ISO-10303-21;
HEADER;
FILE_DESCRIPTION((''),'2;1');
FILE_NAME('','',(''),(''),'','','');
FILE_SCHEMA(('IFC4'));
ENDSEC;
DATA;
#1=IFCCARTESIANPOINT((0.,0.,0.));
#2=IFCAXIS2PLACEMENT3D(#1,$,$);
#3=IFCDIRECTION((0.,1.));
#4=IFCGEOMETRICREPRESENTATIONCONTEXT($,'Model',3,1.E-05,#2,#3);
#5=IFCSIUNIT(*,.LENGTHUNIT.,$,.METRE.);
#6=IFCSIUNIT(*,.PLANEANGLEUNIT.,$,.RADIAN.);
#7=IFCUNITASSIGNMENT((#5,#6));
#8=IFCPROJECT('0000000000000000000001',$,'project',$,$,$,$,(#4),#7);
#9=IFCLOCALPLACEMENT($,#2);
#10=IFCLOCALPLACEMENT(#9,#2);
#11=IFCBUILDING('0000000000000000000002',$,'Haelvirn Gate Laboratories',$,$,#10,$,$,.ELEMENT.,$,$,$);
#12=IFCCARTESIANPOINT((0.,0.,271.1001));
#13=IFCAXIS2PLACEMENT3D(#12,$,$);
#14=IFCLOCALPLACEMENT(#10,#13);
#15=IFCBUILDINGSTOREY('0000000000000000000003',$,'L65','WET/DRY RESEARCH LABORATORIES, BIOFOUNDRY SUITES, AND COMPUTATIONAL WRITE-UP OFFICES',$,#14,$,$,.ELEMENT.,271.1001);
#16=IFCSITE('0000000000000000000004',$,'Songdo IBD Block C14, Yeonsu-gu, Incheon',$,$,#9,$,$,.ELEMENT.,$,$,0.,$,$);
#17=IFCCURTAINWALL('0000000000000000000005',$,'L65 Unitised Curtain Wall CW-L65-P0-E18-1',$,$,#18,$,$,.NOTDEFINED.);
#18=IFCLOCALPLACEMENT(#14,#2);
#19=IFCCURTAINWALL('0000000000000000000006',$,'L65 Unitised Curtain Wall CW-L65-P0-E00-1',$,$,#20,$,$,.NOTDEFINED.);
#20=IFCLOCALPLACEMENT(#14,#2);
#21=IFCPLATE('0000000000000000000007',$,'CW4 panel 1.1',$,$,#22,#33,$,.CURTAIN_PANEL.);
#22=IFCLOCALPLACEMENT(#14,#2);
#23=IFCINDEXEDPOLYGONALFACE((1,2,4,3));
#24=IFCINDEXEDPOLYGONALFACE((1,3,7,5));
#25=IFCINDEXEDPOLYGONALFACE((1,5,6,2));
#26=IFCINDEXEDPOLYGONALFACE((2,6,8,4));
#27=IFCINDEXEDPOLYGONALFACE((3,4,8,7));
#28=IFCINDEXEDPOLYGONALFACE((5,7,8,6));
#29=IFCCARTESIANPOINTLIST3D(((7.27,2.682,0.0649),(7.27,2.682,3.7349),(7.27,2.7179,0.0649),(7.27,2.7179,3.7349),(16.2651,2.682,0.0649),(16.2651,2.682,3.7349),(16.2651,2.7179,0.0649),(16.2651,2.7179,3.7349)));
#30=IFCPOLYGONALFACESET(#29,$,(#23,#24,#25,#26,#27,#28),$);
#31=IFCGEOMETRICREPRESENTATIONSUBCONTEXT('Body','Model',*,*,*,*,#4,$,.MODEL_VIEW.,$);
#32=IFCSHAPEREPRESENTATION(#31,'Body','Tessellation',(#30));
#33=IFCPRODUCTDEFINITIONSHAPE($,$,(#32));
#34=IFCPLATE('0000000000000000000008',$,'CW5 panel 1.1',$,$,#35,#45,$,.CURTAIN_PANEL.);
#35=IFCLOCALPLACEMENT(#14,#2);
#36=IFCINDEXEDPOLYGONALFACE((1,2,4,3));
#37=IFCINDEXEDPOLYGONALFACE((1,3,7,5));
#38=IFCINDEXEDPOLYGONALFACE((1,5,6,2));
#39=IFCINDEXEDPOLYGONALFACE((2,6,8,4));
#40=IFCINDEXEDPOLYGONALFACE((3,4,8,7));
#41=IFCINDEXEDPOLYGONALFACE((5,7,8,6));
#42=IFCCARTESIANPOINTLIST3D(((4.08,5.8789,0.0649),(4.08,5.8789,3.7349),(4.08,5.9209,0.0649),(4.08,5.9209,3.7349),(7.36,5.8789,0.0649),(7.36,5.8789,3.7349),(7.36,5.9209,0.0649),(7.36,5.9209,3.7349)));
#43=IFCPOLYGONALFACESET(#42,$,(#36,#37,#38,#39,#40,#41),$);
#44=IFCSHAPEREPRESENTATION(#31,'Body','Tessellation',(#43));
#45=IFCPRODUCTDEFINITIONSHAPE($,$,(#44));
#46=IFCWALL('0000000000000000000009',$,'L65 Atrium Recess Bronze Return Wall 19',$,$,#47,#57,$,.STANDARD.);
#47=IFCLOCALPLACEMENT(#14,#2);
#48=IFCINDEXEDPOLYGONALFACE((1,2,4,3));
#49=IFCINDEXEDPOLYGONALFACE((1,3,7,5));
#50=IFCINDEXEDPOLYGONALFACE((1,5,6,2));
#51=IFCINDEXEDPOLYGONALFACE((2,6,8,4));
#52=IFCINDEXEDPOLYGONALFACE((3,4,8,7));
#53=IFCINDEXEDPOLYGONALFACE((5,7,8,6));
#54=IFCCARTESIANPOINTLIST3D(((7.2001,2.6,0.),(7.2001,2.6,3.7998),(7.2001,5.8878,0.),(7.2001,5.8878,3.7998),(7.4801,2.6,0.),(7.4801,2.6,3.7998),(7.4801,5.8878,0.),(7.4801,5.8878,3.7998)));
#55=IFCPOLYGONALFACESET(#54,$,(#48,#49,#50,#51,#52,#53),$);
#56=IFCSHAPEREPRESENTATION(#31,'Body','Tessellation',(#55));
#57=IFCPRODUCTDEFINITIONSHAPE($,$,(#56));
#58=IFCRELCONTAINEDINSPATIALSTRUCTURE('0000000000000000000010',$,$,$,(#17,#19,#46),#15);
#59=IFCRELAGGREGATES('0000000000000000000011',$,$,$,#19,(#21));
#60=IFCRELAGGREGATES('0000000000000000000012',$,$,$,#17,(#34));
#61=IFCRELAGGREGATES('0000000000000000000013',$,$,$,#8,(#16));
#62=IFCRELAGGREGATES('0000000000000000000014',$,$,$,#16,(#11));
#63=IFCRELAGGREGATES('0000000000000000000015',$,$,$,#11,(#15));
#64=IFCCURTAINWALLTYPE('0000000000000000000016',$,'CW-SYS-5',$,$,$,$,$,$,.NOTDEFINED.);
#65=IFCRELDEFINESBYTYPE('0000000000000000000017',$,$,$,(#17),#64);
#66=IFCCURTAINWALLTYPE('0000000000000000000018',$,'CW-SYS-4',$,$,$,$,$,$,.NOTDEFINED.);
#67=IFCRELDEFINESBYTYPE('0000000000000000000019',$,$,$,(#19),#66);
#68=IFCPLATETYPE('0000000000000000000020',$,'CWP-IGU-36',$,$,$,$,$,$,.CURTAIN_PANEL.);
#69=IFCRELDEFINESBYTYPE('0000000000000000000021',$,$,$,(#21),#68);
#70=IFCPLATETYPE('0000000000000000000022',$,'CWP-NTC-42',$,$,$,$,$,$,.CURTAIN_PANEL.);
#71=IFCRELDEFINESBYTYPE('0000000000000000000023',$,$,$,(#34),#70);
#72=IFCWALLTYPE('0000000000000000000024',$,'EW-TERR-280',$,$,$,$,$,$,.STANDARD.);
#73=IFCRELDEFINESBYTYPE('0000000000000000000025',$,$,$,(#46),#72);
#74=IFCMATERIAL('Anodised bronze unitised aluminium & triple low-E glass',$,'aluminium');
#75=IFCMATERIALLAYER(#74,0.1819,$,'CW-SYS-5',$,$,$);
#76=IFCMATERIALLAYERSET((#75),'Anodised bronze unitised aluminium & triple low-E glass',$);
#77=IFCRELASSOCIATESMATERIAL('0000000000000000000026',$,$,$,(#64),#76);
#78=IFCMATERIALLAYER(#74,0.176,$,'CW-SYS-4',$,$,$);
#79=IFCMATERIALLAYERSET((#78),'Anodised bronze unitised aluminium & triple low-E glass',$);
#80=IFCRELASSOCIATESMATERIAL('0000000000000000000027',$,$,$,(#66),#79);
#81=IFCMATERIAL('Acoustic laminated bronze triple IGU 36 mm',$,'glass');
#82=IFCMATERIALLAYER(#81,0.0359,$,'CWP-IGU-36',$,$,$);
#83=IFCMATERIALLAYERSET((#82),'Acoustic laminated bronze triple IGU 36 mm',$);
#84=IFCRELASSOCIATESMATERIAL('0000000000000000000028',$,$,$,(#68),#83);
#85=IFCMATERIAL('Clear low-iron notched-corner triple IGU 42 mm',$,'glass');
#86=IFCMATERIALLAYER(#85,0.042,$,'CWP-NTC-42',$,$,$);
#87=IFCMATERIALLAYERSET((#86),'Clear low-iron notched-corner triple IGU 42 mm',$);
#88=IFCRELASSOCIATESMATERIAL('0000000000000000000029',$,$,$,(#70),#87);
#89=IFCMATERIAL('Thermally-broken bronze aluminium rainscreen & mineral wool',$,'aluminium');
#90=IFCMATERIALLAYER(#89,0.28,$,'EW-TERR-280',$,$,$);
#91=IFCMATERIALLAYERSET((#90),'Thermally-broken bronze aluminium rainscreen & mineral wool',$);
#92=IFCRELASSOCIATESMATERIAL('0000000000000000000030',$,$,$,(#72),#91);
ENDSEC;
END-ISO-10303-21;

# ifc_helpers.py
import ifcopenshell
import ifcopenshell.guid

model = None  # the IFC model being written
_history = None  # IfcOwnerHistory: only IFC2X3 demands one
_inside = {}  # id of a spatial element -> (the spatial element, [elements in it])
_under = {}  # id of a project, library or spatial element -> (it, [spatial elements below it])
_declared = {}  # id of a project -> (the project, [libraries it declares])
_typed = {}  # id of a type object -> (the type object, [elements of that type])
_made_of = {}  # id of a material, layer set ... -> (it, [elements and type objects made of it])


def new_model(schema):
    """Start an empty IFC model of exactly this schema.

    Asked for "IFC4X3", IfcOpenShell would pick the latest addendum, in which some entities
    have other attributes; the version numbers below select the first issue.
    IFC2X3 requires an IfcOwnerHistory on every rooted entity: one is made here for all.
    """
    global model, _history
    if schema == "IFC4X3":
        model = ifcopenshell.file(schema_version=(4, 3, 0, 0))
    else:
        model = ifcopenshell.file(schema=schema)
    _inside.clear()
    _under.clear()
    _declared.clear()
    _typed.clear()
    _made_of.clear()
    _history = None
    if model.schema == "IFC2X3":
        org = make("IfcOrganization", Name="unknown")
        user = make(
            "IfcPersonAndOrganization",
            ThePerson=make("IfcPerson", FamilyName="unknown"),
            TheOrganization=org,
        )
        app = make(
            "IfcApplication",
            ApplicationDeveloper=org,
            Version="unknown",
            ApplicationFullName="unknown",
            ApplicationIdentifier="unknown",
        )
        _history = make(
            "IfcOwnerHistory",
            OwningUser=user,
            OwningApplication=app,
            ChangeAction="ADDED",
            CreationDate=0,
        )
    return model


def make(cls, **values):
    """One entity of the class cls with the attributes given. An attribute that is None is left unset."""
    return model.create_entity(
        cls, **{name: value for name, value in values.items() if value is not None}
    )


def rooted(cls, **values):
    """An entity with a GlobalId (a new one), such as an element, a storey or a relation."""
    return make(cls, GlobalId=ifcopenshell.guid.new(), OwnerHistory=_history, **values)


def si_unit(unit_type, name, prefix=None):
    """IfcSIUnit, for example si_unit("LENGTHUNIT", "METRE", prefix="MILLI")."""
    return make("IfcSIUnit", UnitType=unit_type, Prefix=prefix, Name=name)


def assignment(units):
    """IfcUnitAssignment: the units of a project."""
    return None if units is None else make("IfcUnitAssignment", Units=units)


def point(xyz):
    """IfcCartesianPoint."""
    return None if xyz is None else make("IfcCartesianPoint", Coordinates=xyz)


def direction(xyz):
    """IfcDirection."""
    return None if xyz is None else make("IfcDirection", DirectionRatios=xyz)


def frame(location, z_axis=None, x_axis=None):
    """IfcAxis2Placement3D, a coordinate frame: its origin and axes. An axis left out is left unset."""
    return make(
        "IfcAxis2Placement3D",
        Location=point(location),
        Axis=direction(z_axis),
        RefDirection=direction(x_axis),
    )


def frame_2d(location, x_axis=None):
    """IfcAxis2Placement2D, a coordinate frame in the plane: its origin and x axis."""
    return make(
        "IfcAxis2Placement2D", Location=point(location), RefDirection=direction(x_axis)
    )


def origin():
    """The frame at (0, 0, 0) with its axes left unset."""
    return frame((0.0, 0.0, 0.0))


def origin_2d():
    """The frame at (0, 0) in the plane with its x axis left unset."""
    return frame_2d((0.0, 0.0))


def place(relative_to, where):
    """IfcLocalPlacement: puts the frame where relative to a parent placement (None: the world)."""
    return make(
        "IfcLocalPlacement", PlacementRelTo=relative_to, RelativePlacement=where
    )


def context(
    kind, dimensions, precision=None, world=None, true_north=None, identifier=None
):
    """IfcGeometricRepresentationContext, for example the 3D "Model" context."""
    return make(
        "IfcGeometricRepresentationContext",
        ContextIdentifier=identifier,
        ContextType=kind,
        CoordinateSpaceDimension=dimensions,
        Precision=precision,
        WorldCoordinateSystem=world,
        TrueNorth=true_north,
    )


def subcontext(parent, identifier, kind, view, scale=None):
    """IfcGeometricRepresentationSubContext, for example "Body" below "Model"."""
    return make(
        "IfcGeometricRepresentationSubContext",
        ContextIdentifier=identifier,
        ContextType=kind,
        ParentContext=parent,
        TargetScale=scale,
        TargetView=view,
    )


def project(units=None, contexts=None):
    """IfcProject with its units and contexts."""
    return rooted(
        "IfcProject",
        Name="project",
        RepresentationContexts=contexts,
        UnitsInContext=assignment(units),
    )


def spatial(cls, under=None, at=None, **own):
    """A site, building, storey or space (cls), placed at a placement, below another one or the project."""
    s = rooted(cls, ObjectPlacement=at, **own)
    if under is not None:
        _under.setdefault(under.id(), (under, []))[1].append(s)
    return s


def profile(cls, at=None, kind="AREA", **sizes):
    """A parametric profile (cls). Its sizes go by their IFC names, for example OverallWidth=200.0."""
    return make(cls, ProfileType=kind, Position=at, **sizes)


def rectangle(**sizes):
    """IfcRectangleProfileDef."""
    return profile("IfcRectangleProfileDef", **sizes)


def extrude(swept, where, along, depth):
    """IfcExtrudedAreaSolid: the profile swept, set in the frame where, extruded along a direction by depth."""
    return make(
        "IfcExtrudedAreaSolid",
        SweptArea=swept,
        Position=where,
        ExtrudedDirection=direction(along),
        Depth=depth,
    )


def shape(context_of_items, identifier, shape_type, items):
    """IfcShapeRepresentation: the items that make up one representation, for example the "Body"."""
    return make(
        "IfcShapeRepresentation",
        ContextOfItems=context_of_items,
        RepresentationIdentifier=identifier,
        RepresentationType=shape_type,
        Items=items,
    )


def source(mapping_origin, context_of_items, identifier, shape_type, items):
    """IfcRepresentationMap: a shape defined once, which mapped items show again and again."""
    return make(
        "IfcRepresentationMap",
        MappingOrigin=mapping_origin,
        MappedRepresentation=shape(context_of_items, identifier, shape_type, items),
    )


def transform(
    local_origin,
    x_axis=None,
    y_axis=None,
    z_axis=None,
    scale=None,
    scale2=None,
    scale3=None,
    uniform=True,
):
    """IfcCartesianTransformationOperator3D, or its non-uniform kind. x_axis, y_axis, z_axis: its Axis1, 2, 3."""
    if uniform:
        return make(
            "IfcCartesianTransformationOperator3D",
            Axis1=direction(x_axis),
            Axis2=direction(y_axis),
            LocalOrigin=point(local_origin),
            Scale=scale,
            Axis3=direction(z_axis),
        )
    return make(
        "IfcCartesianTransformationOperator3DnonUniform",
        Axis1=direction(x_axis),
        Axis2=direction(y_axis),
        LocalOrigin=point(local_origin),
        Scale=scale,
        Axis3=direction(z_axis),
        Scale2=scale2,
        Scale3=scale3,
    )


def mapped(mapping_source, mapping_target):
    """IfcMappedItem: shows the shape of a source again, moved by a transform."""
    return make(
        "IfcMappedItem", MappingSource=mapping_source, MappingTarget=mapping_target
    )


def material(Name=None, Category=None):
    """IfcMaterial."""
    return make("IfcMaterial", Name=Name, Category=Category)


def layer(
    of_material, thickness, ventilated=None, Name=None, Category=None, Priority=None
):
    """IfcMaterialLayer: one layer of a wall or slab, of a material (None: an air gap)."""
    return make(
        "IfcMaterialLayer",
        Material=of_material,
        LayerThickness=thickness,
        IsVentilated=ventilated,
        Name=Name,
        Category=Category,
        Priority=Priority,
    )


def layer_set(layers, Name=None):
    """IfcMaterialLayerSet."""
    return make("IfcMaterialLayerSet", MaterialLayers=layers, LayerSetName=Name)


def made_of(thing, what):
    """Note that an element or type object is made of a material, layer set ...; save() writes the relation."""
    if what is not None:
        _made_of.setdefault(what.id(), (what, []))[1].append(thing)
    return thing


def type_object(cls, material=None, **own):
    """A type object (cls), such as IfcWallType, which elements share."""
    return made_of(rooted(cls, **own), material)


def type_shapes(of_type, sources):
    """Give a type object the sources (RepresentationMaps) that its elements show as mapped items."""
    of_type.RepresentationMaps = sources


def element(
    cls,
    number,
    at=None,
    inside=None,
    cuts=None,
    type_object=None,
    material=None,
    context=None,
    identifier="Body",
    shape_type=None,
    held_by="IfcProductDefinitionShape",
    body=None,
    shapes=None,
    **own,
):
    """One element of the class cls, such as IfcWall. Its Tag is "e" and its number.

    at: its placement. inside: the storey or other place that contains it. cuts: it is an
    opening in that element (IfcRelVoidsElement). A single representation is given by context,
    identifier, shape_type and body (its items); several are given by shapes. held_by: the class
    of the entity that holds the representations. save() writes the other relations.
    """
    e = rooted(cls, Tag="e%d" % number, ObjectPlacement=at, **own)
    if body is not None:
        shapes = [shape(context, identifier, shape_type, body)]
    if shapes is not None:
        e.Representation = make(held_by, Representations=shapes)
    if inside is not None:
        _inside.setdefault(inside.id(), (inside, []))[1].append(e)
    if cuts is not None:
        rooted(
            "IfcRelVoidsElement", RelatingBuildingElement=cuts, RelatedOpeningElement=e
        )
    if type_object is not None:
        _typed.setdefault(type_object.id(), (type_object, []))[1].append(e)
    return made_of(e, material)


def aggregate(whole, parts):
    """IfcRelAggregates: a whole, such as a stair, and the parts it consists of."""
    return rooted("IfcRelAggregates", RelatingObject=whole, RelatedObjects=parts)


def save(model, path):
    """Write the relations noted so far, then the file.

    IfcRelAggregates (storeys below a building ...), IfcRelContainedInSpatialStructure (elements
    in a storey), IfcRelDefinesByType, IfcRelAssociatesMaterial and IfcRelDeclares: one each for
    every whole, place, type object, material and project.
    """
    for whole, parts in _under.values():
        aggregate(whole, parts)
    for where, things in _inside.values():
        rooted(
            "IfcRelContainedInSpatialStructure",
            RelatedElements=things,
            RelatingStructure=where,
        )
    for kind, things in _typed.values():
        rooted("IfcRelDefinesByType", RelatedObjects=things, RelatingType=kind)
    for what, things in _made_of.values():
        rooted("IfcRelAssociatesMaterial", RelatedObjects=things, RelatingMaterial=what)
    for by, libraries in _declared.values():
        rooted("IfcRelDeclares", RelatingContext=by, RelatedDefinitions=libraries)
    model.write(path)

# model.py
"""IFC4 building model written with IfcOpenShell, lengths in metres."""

from ifc_helpers import new_model, si_unit, direction, frame, frame_2d, origin, origin_2d, place, context, subcontext, project, spatial, rectangle, extrude, source, transform, mapped, material, layer, layer_set, type_object, type_shapes, element, aggregate, save


model = new_model("IFC4")

# Units and contexts
model_context = context("Model", 3, precision=1e-05, world=origin(), true_north=direction((0.0, 1.0)))
body_context = subcontext(model_context, "Body", "Model", "MODEL_VIEW")
ifc_project = project(units=[si_unit("LENGTHUNIT", "METRE"), si_unit("PLANEANGLEUNIT", "RADIAN")], contexts=[model_context])

# Site, building, storey
site_placement = place(None, origin())
site = spatial("IfcSite", under=ifc_project, at=site_placement, Name="Songdo IBD Block C14, Yeonsu-gu, Incheon", CompositionType="ELEMENT", RefElevation=0.0)
building_placement = place(site_placement, origin())
building = spatial("IfcBuilding", under=site, at=building_placement, Name="Haelvirn Gate Laboratories", CompositionType="ELEMENT")
storey_placement = place(building_placement, frame((0.0, 0.0, 271.1001)))
storey = spatial("IfcBuildingStorey", under=building, at=storey_placement, Name="L65", Description="WET/DRY RESEARCH LABORATORIES, BIOFOUNDRY SUITES, AND COMPUTATIONAL WRITE-UP OFFICES", CompositionType="ELEMENT", Elevation=271.1001)

# Curtain walls
ifc_material_1 = material(Name="Anodised bronze unitised aluminium & triple low-E glass", Category="aluminium")
ifc_layer_1 = layer(ifc_material_1, 0.1819, Name="CW-SYS-5")
ifc_layer_set_1 = layer_set([ifc_layer_1], Name="Anodised bronze unitised aluminium & triple low-E glass")
curtain_wall_type_1 = type_object("IfcCurtainWallType", Name="CW-SYS-5", PredefinedType="NOTDEFINED", material=ifc_layer_set_1)
curtain_wall_1_placement = place(storey_placement, origin())
curtain_wall_1 = element("IfcCurtainWall", 1, at=curtain_wall_1_placement, inside=storey, type_object=curtain_wall_type_1, Name="L65 Unitised Curtain Wall CW-L65-P0-E18-1", PredefinedType="NOTDEFINED")
ifc_layer_2 = layer(ifc_material_1, 0.176, Name="CW-SYS-4")
ifc_layer_set_2 = layer_set([ifc_layer_2], Name="Anodised bronze unitised aluminium & triple low-E glass")
curtain_wall_type_2 = type_object("IfcCurtainWallType", Name="CW-SYS-4", PredefinedType="NOTDEFINED", material=ifc_layer_set_2)
curtain_wall_2_placement = place(storey_placement, origin())
curtain_wall_2 = element("IfcCurtainWall", 2, at=curtain_wall_2_placement, inside=storey, type_object=curtain_wall_type_2, Name="L65 Unitised Curtain Wall CW-L65-P0-E00-1", PredefinedType="NOTDEFINED")

# Plates
ifc_material_2 = material(Name="Acoustic laminated bronze triple IGU 36 mm", Category="glass")
ifc_layer_3 = layer(ifc_material_2, 0.0359, Name="CWP-IGU-36")
ifc_layer_set_3 = layer_set([ifc_layer_3], Name="Acoustic laminated bronze triple IGU 36 mm")
plate_type_1 = type_object("IfcPlateType", Name="CWP-IGU-36", PredefinedType="CURTAIN_PANEL", material=ifc_layer_set_3)
shared_shape_1 = source(origin(), body_context, "Body", "SweptSolid", [
    extrude(rectangle(XDim=8.9951, YDim=0.0359, at=origin_2d()), origin(), (0.0, 0.0, 1.0), 3.6699),
])
type_shapes(plate_type_1, [shared_shape_1])
plate_1_placement = place(storey_placement, frame((11.7676, 2.7, 0.0649), z_axis=(0.0, 0.0, 1.0), x_axis=(1.0, 0.0, 0.0)))
plate_1 = element("IfcPlate", 3, at=plate_1_placement, type_object=plate_type_1, Name="CW4 panel 1.1", PredefinedType="CURTAIN_PANEL", context=body_context, shape_type="MappedRepresentation", body=[
    mapped(shared_shape_1, transform((0.0, 0.0, 0.0), scale=1.0)),
])
aggregate(curtain_wall_2, [plate_1])
ifc_material_3 = material(Name="Clear low-iron notched-corner triple IGU 42 mm", Category="glass")
ifc_layer_4 = layer(ifc_material_3, 0.042, Name="CWP-NTC-42")
ifc_layer_set_4 = layer_set([ifc_layer_4], Name="Clear low-iron notched-corner triple IGU 42 mm")
plate_type_2 = type_object("IfcPlateType", Name="CWP-NTC-42", PredefinedType="CURTAIN_PANEL", material=ifc_layer_set_4)
shared_shape_2 = source(origin(), body_context, "Body", "SweptSolid", [
    extrude(rectangle(XDim=3.28, YDim=0.042, at=origin_2d()), origin(), (0.0, 0.0, 1.0), 3.6699),
])
type_shapes(plate_type_2, [shared_shape_2])
plate_2_placement = place(storey_placement, frame((5.72, 5.8999, 0.0649), z_axis=(0.0, 0.0, 1.0), x_axis=(1.0, 0.0, 0.0)))
plate_2 = element("IfcPlate", 4, at=plate_2_placement, type_object=plate_type_2, Name="CW5 panel 1.1", PredefinedType="CURTAIN_PANEL", context=body_context, shape_type="MappedRepresentation", body=[
    mapped(shared_shape_2, transform((0.0, 0.0, 0.0), scale=1.0)),
])
aggregate(curtain_wall_1, [plate_2])

# Wall
ifc_material_4 = material(Name="Thermally-broken bronze aluminium rainscreen & mineral wool", Category="aluminium")
ifc_layer_5 = layer(ifc_material_4, 0.28, Name="EW-TERR-280")
ifc_layer_set_5 = layer_set([ifc_layer_5], Name="Thermally-broken bronze aluminium rainscreen & mineral wool")
wall_type = type_object("IfcWallType", Name="EW-TERR-280", PredefinedType="STANDARD", material=ifc_layer_set_5)
wall_placement = place(storey_placement, frame((7.3401, 5.8879, 0.0), z_axis=(0.0, 0.0, 1.0), x_axis=(0.0, -1.0, 0.0)))
element("IfcWall", 5, at=wall_placement, inside=storey, type_object=wall_type, Name="L65 Atrium Recess Bronze Return Wall 19", PredefinedType="STANDARD", context=body_context, shape_type="SweptSolid", body=[
    extrude(rectangle(XDim=3.2878, YDim=0.28, at=frame_2d((1.644, 0.0))), origin(), (0.0, 0.0, 1.0), 3.7998),
])

save(model, "model.ifc")
